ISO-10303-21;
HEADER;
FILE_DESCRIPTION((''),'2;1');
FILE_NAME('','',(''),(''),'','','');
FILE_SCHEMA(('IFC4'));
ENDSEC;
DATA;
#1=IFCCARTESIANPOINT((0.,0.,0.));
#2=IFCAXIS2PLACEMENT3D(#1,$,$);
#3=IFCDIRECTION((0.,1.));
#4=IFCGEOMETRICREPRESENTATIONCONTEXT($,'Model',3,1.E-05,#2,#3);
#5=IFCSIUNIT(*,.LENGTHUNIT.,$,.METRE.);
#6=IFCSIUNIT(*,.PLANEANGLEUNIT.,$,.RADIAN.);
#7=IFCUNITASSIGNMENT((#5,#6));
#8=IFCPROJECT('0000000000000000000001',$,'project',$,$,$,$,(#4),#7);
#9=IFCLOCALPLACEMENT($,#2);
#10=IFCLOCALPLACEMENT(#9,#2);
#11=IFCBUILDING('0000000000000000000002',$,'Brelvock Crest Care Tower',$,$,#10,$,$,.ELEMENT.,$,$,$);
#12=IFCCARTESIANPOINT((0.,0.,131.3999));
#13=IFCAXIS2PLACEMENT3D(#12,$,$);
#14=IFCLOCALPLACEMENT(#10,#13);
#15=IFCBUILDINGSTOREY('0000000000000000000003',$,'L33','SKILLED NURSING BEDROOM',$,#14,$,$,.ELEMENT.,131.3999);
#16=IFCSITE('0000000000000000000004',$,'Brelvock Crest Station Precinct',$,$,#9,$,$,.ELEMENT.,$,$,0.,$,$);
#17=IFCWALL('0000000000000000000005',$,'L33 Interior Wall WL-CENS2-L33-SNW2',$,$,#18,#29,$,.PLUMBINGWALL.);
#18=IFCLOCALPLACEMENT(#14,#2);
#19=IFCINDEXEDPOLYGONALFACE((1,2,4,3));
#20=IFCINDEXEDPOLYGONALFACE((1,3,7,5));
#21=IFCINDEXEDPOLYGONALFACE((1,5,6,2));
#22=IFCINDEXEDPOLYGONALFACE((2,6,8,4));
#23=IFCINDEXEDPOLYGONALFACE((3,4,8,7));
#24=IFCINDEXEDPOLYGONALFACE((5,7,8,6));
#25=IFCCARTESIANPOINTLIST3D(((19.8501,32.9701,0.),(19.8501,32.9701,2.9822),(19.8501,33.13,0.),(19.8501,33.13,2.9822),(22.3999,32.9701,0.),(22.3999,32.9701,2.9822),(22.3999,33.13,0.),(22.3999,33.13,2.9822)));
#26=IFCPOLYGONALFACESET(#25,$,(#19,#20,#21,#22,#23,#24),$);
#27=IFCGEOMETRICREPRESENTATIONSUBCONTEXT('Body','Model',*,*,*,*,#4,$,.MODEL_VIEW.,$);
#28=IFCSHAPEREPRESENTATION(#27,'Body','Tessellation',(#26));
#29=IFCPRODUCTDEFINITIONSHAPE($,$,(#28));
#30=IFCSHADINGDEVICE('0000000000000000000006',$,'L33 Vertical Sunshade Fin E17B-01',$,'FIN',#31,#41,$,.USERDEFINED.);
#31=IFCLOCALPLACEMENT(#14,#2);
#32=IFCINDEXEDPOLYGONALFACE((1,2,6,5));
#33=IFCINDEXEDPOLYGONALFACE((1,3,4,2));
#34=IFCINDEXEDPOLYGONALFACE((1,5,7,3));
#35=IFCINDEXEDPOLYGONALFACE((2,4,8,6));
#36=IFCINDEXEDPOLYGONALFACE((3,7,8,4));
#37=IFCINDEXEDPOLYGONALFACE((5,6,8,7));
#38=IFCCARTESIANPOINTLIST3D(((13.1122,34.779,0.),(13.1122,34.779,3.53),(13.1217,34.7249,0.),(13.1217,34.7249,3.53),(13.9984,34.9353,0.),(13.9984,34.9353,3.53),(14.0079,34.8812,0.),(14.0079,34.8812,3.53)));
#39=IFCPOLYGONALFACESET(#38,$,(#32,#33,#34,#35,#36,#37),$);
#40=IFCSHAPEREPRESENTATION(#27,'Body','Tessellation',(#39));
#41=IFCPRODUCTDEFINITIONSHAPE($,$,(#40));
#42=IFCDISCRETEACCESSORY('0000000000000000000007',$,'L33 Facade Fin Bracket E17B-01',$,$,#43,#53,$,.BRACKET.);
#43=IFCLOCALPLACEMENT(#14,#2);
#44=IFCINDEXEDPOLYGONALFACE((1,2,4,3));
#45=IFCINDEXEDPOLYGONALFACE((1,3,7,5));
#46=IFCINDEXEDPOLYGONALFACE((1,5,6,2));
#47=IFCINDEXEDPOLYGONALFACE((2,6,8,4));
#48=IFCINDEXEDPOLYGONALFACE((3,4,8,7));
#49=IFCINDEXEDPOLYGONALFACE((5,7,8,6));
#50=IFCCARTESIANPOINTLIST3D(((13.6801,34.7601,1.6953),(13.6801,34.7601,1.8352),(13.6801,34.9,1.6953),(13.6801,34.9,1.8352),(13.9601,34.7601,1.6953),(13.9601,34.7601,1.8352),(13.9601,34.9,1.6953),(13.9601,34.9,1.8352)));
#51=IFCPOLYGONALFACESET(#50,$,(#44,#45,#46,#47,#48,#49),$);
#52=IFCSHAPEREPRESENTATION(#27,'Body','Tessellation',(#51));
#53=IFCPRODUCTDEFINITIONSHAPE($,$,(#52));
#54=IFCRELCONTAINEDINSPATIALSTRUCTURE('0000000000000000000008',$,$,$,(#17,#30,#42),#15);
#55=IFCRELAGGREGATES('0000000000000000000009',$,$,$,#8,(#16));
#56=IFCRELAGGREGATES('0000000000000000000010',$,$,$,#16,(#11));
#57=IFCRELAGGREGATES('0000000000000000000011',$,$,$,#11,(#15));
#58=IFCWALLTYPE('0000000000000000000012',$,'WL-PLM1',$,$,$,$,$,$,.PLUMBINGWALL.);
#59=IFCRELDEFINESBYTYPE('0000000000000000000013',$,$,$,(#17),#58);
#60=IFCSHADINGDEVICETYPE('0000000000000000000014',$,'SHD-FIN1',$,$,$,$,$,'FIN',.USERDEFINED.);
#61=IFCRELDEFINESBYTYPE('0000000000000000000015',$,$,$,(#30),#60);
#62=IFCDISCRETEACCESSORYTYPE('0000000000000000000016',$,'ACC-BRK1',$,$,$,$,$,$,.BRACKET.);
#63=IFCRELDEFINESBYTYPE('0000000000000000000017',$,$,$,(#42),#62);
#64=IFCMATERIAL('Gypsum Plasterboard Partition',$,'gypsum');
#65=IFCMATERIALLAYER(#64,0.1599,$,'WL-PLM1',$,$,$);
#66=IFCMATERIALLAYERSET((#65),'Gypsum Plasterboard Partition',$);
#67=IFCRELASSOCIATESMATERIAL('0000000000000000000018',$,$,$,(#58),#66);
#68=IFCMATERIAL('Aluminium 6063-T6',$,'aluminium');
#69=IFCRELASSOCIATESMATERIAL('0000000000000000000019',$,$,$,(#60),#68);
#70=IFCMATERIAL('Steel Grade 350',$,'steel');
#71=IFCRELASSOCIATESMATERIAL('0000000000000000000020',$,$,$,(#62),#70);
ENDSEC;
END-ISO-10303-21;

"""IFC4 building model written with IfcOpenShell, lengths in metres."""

from ifc_helpers import new_model, si_unit, direction, frame, frame_2d, origin, origin_2d, place, context, subcontext, project, spatial, rectangle, extrude, source, transform, mapped, material, layer, layer_set, material_profile, profile_set, type_object, element, save


model = new_model("IFC4")

# Units and contexts
model_context = context("Model", 3, precision=1e-05, world=origin(), true_north=direction((0.0, 1.0)))
body_context = subcontext(model_context, "Body", "Model", "MODEL_VIEW")
ifc_project = project(units=[si_unit("LENGTHUNIT", "METRE"), si_unit("PLANEANGLEUNIT", "RADIAN")], contexts=[model_context])

# Site, building, storey
site_placement = place(None, origin())
site = spatial("IfcSite", under=ifc_project, at=site_placement, Name="Brelvock Crest Station Precinct", CompositionType="ELEMENT", RefElevation=0.0)
building_placement = place(site_placement, origin())
building = spatial("IfcBuilding", under=site, at=building_placement, Name="Brelvock Crest Care Tower", CompositionType="ELEMENT")
storey_placement = place(building_placement, frame((0.0, 0.0, 131.3999)))
storey = spatial("IfcBuildingStorey", under=building, at=storey_placement, Name="L33", Description="SKILLED NURSING BEDROOM", CompositionType="ELEMENT", Elevation=131.3999)

# Shared definitions
ifc_material_1 = material(Name="Steel Grade 350", Category="steel")

# Shared definitions
ifc_material_2 = material(Name="Aluminium 6063-T6", Category="aluminium")

# Wall
ifc_material_3 = material(Name="Gypsum Plasterboard Partition", Category="gypsum")
ifc_layer_1 = layer(ifc_material_3, 0.1599, Name="WL-PLM1")
ifc_layer_set_1 = layer_set([ifc_layer_1], Name="Gypsum Plasterboard Partition")
wall_type_1 = type_object("IfcWallType", Name="WL-PLM1", PredefinedType="PLUMBINGWALL", material=ifc_layer_set_1)
wall_1_placement = place(storey_placement, frame((19.8501, 33.05, 0.0), z_axis=(0.0, 0.0, 1.0), x_axis=(1.0, 0.0, 0.0)))
element("IfcWall", 1, at=wall_1_placement, inside=storey, type_object=wall_type_1, Name="L33 Interior Wall WL-CENS2-L33-SNW2", PredefinedType="PLUMBINGWALL", context=body_context, shape_type="SweptSolid", body=[
    extrude(rectangle(XDim=2.5498, YDim=0.1599, at=frame_2d((1.2749, 0.0))), origin(), (0.0, 0.0, 1.0), 2.9822),
])

# Shading device
ifc_material_profile_1 = material_profile(ifc_material_2, rectangle(XDim=0.0549, YDim=0.8999, at=origin_2d()), Name="FIN55x900")
ifc_profile_set_1 = profile_set([ifc_material_profile_1], Name="Aluminium 6063-T6")
shading_device_type = type_object("IfcShadingDeviceType", Name="SHD-FIN1", ElementType="FIN", PredefinedType="USERDEFINED", material=ifc_profile_set_1)
shared_shape_1 = source(origin(), body_context, "Body", "SweptSolid", [
    extrude(rectangle(XDim=0.0549, YDim=0.8999, at=origin_2d()), origin(), (0.0, 0.0, 1.0), 3.53),
])
shading_device_placement = place(storey_placement, frame((13.5601, 34.8301, 0.0), z_axis=(0.0, 0.0, 1.0), x_axis=(-0.173648, 0.984808, 0.0)))
element("IfcShadingDevice", 2, at=shading_device_placement, inside=storey, type_object=shading_device_type, Name="L33 Vertical Sunshade Fin E17B-01", ObjectType="FIN", PredefinedType="USERDEFINED", context=body_context, shape_type="MappedRepresentation", body=[
    mapped(shared_shape_1, transform((0.0, 0.0, 0.0), x_axis=(1.0, 0.0, 0.0), y_axis=(0.0, 1.0, 0.0), z_axis=(0.0, 0.0, 1.0), scale=1.0)),
])

# Discrete accessory
discrete_accessory_type = type_object("IfcDiscreteAccessoryType", Name="ACC-BRK1", PredefinedType="BRACKET", material=ifc_material_1)
shared_shape_2 = source(origin(), body_context, "Body", "SweptSolid", [
    extrude(rectangle(XDim=0.28, YDim=0.1399, at=origin_2d()), origin(), (0.0, 0.0, 1.0), 0.1399),
])
discrete_accessory_placement = place(storey_placement, frame((13.8201, 34.8301, 1.6953), z_axis=(0.0, 0.0, 1.0), x_axis=(-1.0, 0.0, 0.0)))
element("IfcDiscreteAccessory", 3, at=discrete_accessory_placement, inside=storey, type_object=discrete_accessory_type, Name="L33 Facade Fin Bracket E17B-01", PredefinedType="BRACKET", context=body_context, shape_type="MappedRepresentation", body=[
    mapped(shared_shape_2, transform((0.0, 0.0, 0.0), x_axis=(1.0, 0.0, 0.0), y_axis=(0.0, 1.0, 0.0), z_axis=(0.0, 0.0, 1.0), scale=1.0)),
])

save(model, "model.ifc")
